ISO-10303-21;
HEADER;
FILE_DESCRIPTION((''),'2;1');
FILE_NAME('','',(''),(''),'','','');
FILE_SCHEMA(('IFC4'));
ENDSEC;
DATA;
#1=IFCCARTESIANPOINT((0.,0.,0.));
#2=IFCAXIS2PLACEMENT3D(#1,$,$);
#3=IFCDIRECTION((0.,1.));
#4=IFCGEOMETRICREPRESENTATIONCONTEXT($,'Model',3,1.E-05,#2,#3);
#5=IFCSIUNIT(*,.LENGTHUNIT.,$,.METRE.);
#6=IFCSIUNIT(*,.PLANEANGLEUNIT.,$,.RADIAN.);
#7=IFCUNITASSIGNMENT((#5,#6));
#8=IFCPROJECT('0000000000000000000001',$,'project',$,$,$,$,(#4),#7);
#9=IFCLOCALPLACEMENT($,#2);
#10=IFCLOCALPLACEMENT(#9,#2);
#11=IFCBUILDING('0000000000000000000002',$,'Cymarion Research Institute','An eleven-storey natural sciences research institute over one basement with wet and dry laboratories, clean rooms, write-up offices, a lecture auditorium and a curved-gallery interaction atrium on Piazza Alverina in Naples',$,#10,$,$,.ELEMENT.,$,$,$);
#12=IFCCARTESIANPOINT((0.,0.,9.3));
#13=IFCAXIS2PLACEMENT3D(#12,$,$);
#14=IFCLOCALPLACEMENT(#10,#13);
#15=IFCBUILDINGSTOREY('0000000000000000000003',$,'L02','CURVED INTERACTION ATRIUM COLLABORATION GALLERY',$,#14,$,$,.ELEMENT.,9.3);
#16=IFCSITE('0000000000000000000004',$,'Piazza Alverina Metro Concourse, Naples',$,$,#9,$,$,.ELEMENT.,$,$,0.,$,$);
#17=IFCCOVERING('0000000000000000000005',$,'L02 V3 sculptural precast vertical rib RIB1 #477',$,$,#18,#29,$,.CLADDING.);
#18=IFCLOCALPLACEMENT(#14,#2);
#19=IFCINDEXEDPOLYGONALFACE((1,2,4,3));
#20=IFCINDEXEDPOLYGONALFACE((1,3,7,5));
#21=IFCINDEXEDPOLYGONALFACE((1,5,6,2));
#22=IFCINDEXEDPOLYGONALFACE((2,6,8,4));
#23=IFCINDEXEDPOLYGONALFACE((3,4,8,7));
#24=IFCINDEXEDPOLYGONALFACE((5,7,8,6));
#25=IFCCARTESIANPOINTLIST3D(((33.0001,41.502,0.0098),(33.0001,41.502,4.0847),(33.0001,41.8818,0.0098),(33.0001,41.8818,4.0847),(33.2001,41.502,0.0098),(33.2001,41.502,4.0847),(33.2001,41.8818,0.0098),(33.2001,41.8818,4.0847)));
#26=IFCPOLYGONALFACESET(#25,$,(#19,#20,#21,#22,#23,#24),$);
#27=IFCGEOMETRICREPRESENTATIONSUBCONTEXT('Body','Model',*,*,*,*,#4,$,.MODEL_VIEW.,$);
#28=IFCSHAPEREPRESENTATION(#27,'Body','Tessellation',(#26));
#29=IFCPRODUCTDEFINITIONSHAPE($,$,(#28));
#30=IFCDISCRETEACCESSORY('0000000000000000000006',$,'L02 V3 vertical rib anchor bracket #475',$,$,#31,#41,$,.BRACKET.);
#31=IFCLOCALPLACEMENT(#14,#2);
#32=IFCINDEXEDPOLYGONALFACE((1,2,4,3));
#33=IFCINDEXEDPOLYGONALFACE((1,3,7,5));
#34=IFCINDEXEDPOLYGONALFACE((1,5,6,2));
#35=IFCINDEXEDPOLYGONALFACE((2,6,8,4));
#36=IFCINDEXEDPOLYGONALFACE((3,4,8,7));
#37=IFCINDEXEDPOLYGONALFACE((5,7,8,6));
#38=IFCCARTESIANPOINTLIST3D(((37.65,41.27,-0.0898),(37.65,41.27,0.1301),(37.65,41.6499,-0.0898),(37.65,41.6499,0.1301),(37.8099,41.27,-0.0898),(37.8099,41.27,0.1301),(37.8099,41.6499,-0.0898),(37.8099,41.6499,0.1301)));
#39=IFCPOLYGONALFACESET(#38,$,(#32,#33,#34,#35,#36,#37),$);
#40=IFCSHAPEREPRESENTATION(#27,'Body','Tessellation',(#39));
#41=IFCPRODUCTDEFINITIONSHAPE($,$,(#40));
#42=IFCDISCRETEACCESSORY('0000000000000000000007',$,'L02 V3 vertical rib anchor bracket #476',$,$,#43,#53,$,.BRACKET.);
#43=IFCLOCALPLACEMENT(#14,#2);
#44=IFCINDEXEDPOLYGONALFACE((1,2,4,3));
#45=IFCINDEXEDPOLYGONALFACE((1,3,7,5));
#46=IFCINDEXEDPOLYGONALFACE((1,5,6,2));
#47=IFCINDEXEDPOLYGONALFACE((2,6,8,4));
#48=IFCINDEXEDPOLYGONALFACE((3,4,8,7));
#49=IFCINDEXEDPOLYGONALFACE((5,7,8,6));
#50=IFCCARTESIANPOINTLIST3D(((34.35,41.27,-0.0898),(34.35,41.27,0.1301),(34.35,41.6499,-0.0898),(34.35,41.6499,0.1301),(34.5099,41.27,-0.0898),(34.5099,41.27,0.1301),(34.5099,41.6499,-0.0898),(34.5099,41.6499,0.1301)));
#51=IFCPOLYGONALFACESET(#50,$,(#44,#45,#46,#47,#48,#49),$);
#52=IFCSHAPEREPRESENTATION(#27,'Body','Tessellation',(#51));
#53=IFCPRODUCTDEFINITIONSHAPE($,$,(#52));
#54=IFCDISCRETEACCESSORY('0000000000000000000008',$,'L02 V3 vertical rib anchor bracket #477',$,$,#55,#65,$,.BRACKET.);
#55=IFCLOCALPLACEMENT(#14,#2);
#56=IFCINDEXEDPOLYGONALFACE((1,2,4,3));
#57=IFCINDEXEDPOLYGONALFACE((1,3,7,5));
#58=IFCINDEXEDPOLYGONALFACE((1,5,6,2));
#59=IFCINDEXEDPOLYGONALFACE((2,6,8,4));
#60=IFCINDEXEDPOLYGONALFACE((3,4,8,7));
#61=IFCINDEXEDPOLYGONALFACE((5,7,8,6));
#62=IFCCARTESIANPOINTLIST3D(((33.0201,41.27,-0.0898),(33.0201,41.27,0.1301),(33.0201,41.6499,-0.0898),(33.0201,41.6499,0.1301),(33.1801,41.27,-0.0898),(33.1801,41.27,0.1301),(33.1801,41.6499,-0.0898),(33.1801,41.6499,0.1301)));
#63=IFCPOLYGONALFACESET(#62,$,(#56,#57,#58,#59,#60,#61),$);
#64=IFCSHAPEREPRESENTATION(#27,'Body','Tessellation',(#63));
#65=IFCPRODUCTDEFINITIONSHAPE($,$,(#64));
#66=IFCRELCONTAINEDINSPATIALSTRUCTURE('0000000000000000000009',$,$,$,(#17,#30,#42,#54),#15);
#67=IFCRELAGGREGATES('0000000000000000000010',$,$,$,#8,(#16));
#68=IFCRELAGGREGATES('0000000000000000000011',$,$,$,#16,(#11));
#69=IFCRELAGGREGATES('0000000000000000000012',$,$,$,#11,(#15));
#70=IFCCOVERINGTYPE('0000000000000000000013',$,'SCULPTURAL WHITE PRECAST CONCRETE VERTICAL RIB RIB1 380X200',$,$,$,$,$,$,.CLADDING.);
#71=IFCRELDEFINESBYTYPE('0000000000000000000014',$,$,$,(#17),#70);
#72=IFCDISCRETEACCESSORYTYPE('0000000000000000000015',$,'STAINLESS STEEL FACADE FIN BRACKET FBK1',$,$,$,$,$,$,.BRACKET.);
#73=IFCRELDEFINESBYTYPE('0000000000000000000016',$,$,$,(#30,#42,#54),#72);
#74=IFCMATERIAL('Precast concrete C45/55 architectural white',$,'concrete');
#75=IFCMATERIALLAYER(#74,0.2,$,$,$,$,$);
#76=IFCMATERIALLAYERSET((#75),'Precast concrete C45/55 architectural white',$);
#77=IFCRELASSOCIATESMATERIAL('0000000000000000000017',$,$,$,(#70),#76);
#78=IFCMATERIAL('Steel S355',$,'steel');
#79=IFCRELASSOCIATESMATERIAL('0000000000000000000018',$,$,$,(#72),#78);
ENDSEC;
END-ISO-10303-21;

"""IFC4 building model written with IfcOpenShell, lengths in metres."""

from ifc_helpers import new_model, si_unit, direction, frame, origin, origin_2d, place, context, subcontext, project, spatial, rectangle, extrude, material, layer, layer_set, type_object, element, save


model = new_model("IFC4")

# Units and contexts
model_context = context("Model", 3, precision=1e-05, world=origin(), true_north=direction((0.0, 1.0)))
body_context = subcontext(model_context, "Body", "Model", "MODEL_VIEW")
ifc_project = project(units=[si_unit("LENGTHUNIT", "METRE"), si_unit("PLANEANGLEUNIT", "RADIAN")], contexts=[model_context])

# Site, building, storey
site_placement = place(None, origin())
site = spatial("IfcSite", under=ifc_project, at=site_placement, Name="Piazza Alverina Metro Concourse, Naples", CompositionType="ELEMENT", RefElevation=0.0)
building_placement = place(site_placement, origin())
building = spatial("IfcBuilding", under=site, at=building_placement, Name="Cymarion Research Institute", Description="An eleven-storey natural sciences research institute over one basement with wet and dry laboratories, clean rooms, write-up offices, a lecture auditorium and a curved-gallery interaction atrium on Piazza Alverina in Naples", CompositionType="ELEMENT")
storey_placement = place(building_placement, frame((0.0, 0.0, 9.3)))
storey = spatial("IfcBuildingStorey", under=building, at=storey_placement, Name="L02", Description="CURVED INTERACTION ATRIUM COLLABORATION GALLERY", CompositionType="ELEMENT", Elevation=9.3)

# Shared definitions
ifc_material_1 = material(Name="Steel S355", Category="steel")

# Covering
ifc_material_2 = material(Name="Precast concrete C45/55 architectural white", Category="concrete")
ifc_layer_1 = layer(ifc_material_2, 0.2)
ifc_layer_set_1 = layer_set([ifc_layer_1], Name="Precast concrete C45/55 architectural white")
covering_type = type_object("IfcCoveringType", Name="SCULPTURAL WHITE PRECAST CONCRETE VERTICAL RIB RIB1 380X200", PredefinedType="CLADDING", material=ifc_layer_set_1)
for number, where, z_axis, x_axis, name in (
    (1, (33.1001, 41.6919, 0.0098), (0.0, 0.0, 1.0), (0.0, 1.0, 0.0), "L02 V3 sculptural precast vertical rib RIB1 #477"),
):
    element("IfcCovering", number, at=place(storey_placement, frame(where, z_axis=z_axis, x_axis=x_axis)), inside=storey, type_object=covering_type, Name=name, PredefinedType="CLADDING", context=body_context, shape_type="SweptSolid", body=[
        extrude(rectangle(XDim=0.3799, YDim=0.2, at=origin_2d()), origin(), (0.0, 0.0, 1.0), 4.075),
    ])

# Discrete accessories
discrete_accessory_type = type_object("IfcDiscreteAccessoryType", Name="STAINLESS STEEL FACADE FIN BRACKET FBK1", PredefinedType="BRACKET", material=ifc_material_1)
for number, where, z_axis, x_axis, name in (
    (2, (37.73, 41.46, -0.0898), (0.0, 0.0, 1.0), (0.0, 1.0, 0.0), "L02 V3 vertical rib anchor bracket #475"),
    (3, (34.4299, 41.46, -0.0898), (0.0, 0.0, 1.0), (0.0, 1.0, 0.0), "L02 V3 vertical rib anchor bracket #476"),
    (4, (33.1001, 41.46, -0.0898), (0.0, 0.0, 1.0), (0.0, 1.0, 0.0), "L02 V3 vertical rib anchor bracket #477"),
):
    element("IfcDiscreteAccessory", number, at=place(storey_placement, frame(where, z_axis=z_axis, x_axis=x_axis)), inside=storey, type_object=discrete_accessory_type, Name=name, PredefinedType="BRACKET", context=body_context, shape_type="SweptSolid", body=[
        extrude(rectangle(XDim=0.3799, YDim=0.1599, at=origin_2d()), origin(), (0.0, 0.0, 1.0), 0.22),
    ])

save(model, "model.ifc")
